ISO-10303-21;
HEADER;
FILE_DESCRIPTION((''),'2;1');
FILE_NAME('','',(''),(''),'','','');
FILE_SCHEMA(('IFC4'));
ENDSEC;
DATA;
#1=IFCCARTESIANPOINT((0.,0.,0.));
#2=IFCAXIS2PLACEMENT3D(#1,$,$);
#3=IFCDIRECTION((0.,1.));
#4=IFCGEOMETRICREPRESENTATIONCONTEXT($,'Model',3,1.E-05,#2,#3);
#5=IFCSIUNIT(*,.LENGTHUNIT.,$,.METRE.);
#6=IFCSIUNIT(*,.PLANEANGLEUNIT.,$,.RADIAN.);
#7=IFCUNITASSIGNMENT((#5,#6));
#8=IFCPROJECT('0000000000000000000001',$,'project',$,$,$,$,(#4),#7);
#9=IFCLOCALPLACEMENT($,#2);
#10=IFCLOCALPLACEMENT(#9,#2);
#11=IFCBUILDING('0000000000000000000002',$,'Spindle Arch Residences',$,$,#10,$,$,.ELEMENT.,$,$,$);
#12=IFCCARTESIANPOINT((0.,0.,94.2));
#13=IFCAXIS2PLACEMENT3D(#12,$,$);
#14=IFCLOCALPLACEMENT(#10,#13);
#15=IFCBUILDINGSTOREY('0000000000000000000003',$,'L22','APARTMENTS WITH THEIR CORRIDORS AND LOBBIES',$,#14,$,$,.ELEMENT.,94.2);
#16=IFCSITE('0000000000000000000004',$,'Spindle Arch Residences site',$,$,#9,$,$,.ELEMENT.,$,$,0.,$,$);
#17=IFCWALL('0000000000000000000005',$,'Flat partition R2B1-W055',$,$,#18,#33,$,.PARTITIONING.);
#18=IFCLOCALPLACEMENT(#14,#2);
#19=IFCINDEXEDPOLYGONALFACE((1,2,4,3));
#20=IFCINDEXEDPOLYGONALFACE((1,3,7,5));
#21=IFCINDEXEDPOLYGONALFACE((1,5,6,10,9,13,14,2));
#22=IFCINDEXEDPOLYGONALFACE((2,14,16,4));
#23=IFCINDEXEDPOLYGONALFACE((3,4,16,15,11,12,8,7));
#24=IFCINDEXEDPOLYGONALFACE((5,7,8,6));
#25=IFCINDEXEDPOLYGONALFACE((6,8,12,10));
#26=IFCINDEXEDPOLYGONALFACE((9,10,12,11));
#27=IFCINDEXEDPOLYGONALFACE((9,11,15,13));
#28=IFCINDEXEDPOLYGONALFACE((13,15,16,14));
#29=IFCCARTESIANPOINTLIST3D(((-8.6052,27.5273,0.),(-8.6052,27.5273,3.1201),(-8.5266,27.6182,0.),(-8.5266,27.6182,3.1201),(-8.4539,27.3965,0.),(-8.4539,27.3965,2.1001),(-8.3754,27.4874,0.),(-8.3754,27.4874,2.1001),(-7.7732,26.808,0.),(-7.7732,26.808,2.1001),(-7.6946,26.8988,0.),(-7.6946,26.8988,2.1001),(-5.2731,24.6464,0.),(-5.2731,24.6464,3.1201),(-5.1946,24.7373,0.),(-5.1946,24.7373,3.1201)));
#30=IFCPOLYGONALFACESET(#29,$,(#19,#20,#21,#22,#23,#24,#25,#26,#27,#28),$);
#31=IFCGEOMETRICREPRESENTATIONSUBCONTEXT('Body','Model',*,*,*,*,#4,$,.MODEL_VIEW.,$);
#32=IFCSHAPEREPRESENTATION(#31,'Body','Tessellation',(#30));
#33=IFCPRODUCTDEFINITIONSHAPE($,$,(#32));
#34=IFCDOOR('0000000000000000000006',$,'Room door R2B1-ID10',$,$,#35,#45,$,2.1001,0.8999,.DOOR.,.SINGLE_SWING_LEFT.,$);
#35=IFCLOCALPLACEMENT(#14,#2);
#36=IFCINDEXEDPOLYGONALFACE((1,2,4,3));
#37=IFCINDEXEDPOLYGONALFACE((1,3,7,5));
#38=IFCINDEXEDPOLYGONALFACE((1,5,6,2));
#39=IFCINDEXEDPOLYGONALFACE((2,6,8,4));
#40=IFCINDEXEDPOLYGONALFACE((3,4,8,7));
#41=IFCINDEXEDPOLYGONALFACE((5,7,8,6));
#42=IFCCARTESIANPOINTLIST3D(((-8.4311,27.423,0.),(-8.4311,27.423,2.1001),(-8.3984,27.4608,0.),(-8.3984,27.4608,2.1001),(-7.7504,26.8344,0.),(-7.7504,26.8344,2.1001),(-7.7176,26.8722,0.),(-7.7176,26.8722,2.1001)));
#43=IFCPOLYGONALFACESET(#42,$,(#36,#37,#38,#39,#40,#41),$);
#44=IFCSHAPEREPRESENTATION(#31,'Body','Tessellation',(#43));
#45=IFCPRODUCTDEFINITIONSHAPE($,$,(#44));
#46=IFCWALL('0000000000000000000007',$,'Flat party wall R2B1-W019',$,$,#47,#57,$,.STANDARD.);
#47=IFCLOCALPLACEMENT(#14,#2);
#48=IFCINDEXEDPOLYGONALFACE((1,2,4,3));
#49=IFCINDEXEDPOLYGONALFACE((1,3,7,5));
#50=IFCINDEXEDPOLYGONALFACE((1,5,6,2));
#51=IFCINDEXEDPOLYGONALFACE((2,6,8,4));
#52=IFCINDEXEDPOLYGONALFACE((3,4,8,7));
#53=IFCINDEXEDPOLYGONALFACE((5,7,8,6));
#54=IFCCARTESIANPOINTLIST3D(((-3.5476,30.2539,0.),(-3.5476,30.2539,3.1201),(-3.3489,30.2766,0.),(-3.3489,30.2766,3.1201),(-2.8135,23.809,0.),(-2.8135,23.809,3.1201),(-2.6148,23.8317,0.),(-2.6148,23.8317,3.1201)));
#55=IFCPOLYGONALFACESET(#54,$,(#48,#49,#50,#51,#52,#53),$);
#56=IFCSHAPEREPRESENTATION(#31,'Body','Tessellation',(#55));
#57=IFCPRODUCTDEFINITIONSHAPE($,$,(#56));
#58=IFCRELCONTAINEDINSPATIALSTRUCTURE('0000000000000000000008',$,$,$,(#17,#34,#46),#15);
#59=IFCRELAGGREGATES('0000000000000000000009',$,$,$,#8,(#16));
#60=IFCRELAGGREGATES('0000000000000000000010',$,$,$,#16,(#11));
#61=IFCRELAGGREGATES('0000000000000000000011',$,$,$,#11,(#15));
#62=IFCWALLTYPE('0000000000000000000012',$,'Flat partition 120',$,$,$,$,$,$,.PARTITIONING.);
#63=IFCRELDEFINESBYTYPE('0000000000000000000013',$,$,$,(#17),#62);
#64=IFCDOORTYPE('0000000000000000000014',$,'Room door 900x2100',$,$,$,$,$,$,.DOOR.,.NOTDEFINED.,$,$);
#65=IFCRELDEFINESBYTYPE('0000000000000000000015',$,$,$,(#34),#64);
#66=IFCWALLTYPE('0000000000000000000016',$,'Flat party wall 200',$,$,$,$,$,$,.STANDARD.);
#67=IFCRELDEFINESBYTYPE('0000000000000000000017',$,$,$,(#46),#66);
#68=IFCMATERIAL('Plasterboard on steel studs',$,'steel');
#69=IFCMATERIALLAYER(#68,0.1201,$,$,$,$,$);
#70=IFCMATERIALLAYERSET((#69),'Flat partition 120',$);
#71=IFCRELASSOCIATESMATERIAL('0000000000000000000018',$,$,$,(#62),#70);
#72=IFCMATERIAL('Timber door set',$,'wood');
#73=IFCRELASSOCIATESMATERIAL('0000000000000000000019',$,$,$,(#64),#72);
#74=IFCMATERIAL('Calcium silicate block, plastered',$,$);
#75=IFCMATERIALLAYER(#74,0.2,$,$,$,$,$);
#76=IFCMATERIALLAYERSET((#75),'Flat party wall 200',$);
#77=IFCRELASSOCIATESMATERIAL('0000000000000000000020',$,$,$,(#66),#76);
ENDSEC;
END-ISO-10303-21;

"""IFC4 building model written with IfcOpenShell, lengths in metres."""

from ifc_helpers import new_model, si_unit, direction, frame, frame_2d, origin, place, context, subcontext, project, spatial, rectangle, extrude, material, layer, layer_set, type_object, element, fill, save


model = new_model("IFC4")

# Units and contexts
model_context = context("Model", 3, precision=1e-05, world=origin(), true_north=direction((0.0, 1.0)))
body_context = subcontext(model_context, "Body", "Model", "MODEL_VIEW")
ifc_project = project(units=[si_unit("LENGTHUNIT", "METRE"), si_unit("PLANEANGLEUNIT", "RADIAN")], contexts=[model_context])

# Site, building, storey
site_placement = place(None, origin())
site = spatial("IfcSite", under=ifc_project, at=site_placement, Name="Spindle Arch Residences site", CompositionType="ELEMENT", RefElevation=0.0)
building_placement = place(site_placement, origin())
building = spatial("IfcBuilding", under=site, at=building_placement, Name="Spindle Arch Residences", CompositionType="ELEMENT")
storey_placement = place(building_placement, frame((0.0, 0.0, 94.2)))
storey = spatial("IfcBuildingStorey", under=building, at=storey_placement, Name="L22", Description="APARTMENTS WITH THEIR CORRIDORS AND LOBBIES", CompositionType="ELEMENT", Elevation=94.2)

# Shared definitions
ifc_material_1 = material(Name="Plasterboard on steel studs", Category="steel")
ifc_layer_1 = layer(ifc_material_1, 0.1201)
ifc_layer_set_1 = layer_set([ifc_layer_1], Name="Flat partition 120")
wall_type_1 = type_object("IfcWallType", Name="Flat partition 120", PredefinedType="PARTITIONING", material=ifc_layer_set_1)

# Wall, opening, door
wall_1_placement = place(storey_placement, frame((-8.5659, 27.5728, 0.0), z_axis=(0.0, 0.0, 1.0), x_axis=(0.756464, -0.654035, 0.0)))
wall_1 = element("IfcWall", 1, at=wall_1_placement, inside=storey, type_object=wall_type_1, Name="Flat partition R2B1-W055", PredefinedType="PARTITIONING", context=body_context, shape_type="SweptSolid", body=[
    extrude(rectangle(XDim=4.4048, YDim=0.1201, at=frame_2d((2.2024, 0.0))), origin(), (0.0, 0.0, 1.0), 3.1201),
])
opening_placement = place(wall_1_placement, frame((0.2, 0.0, 0.0)))
opening = element("IfcOpeningElement", 2, at=opening_placement, cuts=wall_1, PredefinedType="OPENING", context=body_context, shape_type="SweptSolid", body=[
    extrude(rectangle(XDim=0.8999, YDim=2.1001, at=frame_2d((0.45, 1.05))), frame((0.0, 0.0701, 0.0), z_axis=(0.0, -1.0, 0.0), x_axis=(1.0, 0.0, 0.0)), (0.0, 0.0, 1.0), 0.1401),
])
ifc_material_2 = material(Name="Timber door set", Category="wood")
door_type = type_object("IfcDoorType", Name="Room door 900x2100", OperationType="NOTDEFINED", PredefinedType="DOOR", material=ifc_material_2)
door_placement = place(opening_placement, origin())
door = element("IfcDoor", 3, at=door_placement, inside=storey, type_object=door_type, Name="Room door R2B1-ID10", OperationType="SINGLE_SWING_LEFT", OverallHeight=2.1001, OverallWidth=0.8999, PredefinedType="DOOR", context=body_context, shape_type="SweptSolid", body=[
    extrude(rectangle(XDim=0.8999, YDim=2.1001, at=frame_2d((0.45, 1.05))), frame((0.0, 0.0249, 0.0), z_axis=(0.0, -1.0, 0.0), x_axis=(1.0, 0.0, 0.0)), (0.0, 0.0, 1.0), 0.05),
])
fill(opening, door)

# Wall
ifc_material_3 = material(Name="Calcium silicate block, plastered")
ifc_layer_2 = layer(ifc_material_3, 0.2)
ifc_layer_set_2 = layer_set([ifc_layer_2], Name="Flat party wall 200")
wall_type_2 = type_object("IfcWallType", Name="Flat party wall 200", PredefinedType="STANDARD", material=ifc_layer_set_2)
wall_2_placement = place(storey_placement, frame((-3.4482, 30.2651, 0.0), z_axis=(0.0, 0.0, 1.0), x_axis=(0.113178, -0.993575, 0.0)))
element("IfcWall", 4, at=wall_2_placement, inside=storey, type_object=wall_type_2, Name="Flat party wall R2B1-W019", PredefinedType="STANDARD", context=body_context, shape_type="SweptSolid", body=[
    extrude(rectangle(XDim=6.4866, YDim=0.2, at=frame_2d((3.2432, 0.0))), origin(), (0.0, 0.0, 1.0), 3.1201),
])

save(model, "model.ifc")
